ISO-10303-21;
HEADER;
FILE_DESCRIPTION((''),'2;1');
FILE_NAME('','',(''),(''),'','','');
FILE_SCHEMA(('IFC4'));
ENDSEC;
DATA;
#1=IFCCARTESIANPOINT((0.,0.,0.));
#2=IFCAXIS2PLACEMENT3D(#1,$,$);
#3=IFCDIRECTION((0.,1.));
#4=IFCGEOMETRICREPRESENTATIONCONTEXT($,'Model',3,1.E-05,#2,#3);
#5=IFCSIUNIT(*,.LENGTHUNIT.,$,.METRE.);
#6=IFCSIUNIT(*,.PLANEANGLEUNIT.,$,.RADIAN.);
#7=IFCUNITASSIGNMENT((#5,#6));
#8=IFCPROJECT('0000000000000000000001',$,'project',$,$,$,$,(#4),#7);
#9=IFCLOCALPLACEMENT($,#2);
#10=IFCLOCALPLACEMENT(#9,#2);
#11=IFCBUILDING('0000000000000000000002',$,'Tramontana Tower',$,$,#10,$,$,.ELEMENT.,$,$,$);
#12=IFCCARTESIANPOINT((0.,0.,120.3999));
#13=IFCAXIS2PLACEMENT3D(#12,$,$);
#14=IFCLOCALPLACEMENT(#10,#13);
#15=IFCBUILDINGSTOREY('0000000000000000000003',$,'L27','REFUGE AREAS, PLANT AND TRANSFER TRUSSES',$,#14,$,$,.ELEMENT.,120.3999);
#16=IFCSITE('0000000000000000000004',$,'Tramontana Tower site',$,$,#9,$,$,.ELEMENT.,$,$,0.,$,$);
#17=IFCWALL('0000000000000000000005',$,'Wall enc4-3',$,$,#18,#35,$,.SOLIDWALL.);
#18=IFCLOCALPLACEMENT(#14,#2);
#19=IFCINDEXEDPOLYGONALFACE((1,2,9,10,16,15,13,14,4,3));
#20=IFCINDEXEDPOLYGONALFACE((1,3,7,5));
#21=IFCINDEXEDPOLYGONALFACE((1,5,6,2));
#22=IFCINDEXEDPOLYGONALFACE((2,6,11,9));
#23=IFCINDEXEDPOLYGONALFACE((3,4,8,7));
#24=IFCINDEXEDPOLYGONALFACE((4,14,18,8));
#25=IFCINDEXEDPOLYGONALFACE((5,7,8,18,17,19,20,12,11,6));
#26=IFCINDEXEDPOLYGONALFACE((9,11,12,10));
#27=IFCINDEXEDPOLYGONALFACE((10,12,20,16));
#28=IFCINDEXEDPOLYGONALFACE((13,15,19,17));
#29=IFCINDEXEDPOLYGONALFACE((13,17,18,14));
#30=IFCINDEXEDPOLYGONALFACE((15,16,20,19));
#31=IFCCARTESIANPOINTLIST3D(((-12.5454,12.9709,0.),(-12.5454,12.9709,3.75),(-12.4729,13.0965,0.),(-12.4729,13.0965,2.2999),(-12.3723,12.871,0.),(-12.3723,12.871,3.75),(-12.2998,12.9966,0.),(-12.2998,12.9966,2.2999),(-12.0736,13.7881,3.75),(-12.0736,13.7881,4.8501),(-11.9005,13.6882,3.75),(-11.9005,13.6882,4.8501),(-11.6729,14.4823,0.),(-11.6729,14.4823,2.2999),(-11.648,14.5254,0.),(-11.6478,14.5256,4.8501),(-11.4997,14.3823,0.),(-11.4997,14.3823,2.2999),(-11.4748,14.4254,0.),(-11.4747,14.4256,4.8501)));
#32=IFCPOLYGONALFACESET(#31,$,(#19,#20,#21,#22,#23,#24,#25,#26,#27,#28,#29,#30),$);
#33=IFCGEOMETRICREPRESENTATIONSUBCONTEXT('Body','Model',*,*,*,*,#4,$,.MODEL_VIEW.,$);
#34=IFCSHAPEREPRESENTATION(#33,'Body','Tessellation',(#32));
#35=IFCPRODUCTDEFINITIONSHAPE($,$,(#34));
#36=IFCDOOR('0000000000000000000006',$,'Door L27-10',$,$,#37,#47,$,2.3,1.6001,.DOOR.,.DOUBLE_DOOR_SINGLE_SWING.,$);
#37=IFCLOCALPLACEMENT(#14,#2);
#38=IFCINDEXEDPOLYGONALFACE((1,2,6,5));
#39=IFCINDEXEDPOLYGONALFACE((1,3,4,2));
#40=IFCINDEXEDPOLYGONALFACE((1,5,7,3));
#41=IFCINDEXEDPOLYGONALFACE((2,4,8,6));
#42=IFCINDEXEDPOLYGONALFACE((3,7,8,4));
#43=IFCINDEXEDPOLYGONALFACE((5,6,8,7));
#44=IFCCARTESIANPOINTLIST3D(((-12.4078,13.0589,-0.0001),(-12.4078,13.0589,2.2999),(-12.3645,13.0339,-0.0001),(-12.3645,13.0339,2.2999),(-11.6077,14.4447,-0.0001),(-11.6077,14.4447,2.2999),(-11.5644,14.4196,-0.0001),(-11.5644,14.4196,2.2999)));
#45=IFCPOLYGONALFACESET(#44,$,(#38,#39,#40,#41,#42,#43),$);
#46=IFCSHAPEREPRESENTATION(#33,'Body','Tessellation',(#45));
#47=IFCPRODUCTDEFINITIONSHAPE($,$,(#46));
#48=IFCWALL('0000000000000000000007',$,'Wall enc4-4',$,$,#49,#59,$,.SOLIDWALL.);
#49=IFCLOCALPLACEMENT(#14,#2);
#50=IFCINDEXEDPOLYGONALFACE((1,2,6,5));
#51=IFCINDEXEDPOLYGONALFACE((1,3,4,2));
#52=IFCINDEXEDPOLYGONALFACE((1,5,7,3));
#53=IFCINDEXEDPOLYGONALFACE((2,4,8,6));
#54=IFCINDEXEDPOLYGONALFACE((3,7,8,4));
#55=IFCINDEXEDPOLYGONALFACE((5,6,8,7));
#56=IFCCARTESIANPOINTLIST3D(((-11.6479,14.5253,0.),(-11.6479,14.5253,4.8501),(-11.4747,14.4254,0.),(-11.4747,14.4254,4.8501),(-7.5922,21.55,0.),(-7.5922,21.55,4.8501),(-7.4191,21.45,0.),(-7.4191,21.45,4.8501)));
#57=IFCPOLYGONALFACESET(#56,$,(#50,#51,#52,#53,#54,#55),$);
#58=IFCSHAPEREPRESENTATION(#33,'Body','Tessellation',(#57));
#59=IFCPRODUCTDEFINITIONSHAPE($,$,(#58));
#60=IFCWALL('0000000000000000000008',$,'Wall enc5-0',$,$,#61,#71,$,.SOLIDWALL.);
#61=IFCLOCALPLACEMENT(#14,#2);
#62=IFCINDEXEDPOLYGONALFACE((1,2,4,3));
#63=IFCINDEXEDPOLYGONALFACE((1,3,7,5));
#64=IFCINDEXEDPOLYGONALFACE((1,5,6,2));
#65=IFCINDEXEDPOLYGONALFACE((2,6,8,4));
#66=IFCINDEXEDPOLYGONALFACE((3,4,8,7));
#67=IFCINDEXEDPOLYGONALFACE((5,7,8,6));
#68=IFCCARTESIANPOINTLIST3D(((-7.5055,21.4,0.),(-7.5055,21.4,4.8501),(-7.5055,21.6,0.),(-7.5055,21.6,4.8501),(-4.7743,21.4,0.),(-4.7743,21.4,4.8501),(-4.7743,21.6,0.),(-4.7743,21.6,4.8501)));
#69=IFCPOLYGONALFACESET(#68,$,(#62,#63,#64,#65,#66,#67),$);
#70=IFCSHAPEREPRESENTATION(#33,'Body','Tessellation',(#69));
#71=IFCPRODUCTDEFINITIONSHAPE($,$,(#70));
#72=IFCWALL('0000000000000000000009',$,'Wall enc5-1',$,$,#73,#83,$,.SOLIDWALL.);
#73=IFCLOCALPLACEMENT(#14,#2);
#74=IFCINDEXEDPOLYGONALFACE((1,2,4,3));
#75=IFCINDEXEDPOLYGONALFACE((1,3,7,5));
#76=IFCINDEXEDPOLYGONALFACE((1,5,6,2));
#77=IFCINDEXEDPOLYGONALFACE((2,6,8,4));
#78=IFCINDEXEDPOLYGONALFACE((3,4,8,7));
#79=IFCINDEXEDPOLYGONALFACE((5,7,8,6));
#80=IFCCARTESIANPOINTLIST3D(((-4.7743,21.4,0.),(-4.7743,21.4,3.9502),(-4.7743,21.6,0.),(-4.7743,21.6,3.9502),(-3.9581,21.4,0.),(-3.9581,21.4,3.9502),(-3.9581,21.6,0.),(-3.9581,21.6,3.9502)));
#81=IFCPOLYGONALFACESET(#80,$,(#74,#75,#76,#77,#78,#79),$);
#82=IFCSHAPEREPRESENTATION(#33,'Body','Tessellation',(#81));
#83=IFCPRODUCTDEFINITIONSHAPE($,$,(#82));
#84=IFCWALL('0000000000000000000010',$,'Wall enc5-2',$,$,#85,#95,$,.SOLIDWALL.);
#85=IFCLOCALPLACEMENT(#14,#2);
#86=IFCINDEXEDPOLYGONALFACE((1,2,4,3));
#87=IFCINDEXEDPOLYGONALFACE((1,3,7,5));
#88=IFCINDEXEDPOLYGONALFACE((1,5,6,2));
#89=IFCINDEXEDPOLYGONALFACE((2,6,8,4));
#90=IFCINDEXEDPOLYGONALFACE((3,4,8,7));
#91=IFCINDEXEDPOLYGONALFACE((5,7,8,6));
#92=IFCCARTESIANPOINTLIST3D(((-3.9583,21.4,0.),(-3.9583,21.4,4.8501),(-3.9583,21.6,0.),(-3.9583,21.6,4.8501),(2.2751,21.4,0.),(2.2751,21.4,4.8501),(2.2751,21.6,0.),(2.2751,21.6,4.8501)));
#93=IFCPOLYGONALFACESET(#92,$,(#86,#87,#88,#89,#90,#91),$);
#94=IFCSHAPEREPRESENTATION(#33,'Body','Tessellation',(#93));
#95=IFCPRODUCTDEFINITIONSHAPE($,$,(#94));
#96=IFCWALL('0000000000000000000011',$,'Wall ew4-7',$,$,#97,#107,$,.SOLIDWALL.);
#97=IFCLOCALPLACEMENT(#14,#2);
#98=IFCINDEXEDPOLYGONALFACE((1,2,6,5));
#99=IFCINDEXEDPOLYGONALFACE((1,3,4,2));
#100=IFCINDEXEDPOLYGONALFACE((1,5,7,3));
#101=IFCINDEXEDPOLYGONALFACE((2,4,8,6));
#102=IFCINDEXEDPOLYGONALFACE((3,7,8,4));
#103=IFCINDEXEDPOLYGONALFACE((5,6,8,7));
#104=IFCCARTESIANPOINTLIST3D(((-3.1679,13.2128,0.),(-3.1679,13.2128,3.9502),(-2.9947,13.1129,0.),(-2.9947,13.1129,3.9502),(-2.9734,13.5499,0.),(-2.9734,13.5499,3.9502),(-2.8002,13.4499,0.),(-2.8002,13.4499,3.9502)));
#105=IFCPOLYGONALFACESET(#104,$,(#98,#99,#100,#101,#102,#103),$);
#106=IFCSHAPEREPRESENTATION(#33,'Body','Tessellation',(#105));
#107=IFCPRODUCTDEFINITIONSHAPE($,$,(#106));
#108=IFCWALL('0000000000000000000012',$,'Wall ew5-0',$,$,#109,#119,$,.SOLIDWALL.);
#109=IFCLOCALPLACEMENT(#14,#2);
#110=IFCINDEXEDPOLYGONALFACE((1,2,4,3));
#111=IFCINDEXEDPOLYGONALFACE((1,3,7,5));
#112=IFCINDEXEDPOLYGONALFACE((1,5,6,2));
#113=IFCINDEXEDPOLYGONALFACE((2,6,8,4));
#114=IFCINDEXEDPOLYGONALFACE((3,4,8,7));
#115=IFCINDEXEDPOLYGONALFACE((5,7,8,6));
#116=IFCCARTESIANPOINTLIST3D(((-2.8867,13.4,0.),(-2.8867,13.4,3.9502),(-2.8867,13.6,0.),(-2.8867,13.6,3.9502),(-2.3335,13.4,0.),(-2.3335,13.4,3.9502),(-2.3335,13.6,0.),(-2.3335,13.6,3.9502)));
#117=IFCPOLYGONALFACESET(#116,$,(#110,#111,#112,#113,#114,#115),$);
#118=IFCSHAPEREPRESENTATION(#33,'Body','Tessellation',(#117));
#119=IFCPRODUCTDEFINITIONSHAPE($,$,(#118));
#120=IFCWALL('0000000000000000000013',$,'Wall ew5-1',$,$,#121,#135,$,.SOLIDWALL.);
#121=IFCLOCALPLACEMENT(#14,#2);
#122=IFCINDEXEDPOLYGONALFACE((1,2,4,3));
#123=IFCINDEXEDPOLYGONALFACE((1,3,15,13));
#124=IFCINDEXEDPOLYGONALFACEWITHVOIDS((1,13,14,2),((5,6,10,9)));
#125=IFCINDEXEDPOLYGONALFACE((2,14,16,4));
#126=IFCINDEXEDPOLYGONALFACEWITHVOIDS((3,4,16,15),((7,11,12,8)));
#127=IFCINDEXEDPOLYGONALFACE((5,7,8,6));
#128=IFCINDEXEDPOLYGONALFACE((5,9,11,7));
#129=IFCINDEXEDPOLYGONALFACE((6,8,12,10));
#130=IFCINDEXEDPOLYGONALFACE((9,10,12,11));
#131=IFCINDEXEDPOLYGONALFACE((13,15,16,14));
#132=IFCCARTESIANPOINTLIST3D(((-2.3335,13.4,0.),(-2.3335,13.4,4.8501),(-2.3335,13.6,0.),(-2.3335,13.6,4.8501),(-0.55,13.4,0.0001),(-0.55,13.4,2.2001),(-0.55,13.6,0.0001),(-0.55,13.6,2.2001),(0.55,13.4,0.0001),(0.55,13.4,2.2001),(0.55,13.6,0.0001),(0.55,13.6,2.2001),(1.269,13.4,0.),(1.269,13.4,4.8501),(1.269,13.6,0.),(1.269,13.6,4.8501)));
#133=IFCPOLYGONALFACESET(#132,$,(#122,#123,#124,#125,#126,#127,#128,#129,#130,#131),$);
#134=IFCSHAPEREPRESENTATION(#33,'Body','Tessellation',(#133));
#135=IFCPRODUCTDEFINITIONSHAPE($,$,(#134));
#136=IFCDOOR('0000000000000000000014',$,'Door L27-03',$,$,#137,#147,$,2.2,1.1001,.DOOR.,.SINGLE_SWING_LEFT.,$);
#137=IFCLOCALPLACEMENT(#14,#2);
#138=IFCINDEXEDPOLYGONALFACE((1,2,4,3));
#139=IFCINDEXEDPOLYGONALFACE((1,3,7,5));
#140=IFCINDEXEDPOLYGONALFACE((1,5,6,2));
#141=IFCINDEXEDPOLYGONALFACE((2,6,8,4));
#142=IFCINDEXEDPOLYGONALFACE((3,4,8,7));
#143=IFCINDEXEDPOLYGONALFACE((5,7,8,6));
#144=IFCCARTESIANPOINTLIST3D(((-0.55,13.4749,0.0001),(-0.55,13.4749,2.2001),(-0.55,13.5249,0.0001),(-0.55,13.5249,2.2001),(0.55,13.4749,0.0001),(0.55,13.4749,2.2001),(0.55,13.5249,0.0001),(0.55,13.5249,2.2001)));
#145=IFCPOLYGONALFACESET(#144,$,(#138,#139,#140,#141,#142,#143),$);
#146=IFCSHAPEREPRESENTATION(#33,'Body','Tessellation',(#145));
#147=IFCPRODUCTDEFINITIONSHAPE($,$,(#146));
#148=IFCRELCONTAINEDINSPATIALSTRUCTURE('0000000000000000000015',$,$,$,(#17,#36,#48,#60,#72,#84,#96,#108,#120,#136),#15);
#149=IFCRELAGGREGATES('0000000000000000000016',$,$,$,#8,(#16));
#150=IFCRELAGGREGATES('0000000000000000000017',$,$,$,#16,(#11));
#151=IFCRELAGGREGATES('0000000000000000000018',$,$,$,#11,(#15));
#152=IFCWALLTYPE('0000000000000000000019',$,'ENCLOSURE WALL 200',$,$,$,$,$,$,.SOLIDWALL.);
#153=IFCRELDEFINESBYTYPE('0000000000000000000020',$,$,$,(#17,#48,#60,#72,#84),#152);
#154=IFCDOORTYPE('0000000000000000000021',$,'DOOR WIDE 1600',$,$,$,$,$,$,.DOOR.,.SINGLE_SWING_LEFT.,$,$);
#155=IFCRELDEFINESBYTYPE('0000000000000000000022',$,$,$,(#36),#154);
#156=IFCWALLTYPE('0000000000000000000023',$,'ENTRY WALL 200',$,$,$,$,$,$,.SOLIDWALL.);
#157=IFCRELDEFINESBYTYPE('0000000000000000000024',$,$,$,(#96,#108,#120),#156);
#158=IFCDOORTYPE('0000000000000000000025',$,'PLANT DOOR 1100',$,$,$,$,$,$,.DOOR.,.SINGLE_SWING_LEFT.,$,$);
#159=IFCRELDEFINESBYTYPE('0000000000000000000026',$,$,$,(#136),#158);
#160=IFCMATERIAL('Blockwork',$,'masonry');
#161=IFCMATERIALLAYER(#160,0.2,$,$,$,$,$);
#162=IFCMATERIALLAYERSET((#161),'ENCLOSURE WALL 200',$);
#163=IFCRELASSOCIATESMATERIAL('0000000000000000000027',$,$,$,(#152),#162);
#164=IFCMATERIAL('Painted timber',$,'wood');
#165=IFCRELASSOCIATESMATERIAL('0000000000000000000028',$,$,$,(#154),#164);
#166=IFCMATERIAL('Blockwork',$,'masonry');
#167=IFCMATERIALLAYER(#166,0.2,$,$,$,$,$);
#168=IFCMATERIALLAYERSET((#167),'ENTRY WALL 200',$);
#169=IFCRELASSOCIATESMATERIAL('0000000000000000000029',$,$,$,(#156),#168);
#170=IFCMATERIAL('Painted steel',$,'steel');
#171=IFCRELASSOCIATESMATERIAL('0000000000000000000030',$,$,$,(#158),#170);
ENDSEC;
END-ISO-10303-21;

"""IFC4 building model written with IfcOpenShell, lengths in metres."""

from ifc_helpers import new_model, si_unit, direction, frame, frame_2d, origin, place, context, subcontext, project, spatial, polyline, rectangle, outline, extrude, material, layer, layer_set, type_object, element, fill, save


model = new_model("IFC4")

# Units and contexts
model_context = context("Model", 3, precision=1e-05, world=origin(), true_north=direction((0.0, 1.0)))
body_context = subcontext(model_context, "Body", "Model", "MODEL_VIEW")
ifc_project = project(units=[si_unit("LENGTHUNIT", "METRE"), si_unit("PLANEANGLEUNIT", "RADIAN")], contexts=[model_context])

# Site, building, storey
site_placement = place(None, origin())
site = spatial("IfcSite", under=ifc_project, at=site_placement, Name="Tramontana Tower site", CompositionType="ELEMENT", RefElevation=0.0)
building_placement = place(site_placement, origin())
building = spatial("IfcBuilding", under=site, at=building_placement, Name="Tramontana Tower", CompositionType="ELEMENT")
storey_placement = place(building_placement, frame((0.0, 0.0, 120.3999)))
storey = spatial("IfcBuildingStorey", under=building, at=storey_placement, Name="L27", Description="REFUGE AREAS, PLANT AND TRANSFER TRUSSES", CompositionType="ELEMENT", Elevation=120.3999)

# Wall, opening, door
ifc_material_1 = material(Name="Blockwork", Category="masonry")
ifc_layer_1 = layer(ifc_material_1, 0.2)
ifc_layer_set_1 = layer_set([ifc_layer_1], Name="ENCLOSURE WALL 200")
wall_type_1 = type_object("IfcWallType", Name="ENCLOSURE WALL 200", PredefinedType="SOLIDWALL", material=ifc_layer_set_1)
wall_1_placement = place(storey_placement, frame((-12.4587, 12.9209, 0.0), z_axis=(0.0, 0.0, 1.0), x_axis=(0.500001, 0.866025, 0.0)))
wall_1 = element("IfcWall", 1, at=wall_1_placement, inside=storey, type_object=wall_type_1, Name="Wall enc4-3", PredefinedType="SOLIDWALL", context=body_context, shape_type="SweptSolid", body=[
    extrude(outline(polyline([(0.0, 0.0), (1.7949, 0.0), (1.7952, 4.8501), (0.9436, 4.8501), (0.9436, 3.75), (0.0, 3.75), (0.0, 0.0)])), frame((0.0, 0.1001, 0.0), z_axis=(0.0, -1.0, 0.0), x_axis=(1.0, 0.0, 0.0)), (0.0, 0.0, 1.0), 0.2),
])
opening_1_placement = place(wall_1_placement, frame((0.145, 0.0, 0.0)))
opening_1 = element("IfcOpeningElement", 2, at=opening_1_placement, cuts=wall_1, PredefinedType="OPENING", context=body_context, shape_type="SweptSolid", body=[
    extrude(rectangle(XDim=1.6001, YDim=2.3, at=frame_2d((0.8, 1.1499))), frame((0.0, 0.1099, 0.0), z_axis=(0.0, -1.0, 0.0), x_axis=(1.0, 0.0, 0.0)), (0.0, 0.0, 1.0), 0.22),
])
ifc_material_2 = material(Name="Painted timber", Category="wood")
door_type_1 = type_object("IfcDoorType", Name="DOOR WIDE 1600", OperationType="SINGLE_SWING_LEFT", PredefinedType="DOOR", material=ifc_material_2)
door_1_placement = place(opening_1_placement, origin())
door_1 = element("IfcDoor", 3, at=door_1_placement, inside=storey, type_object=door_type_1, Name="Door L27-10", OperationType="DOUBLE_DOOR_SINGLE_SWING", OverallHeight=2.3, OverallWidth=1.6001, PredefinedType="DOOR", context=body_context, shape_type="SweptSolid", body=[
    extrude(rectangle(XDim=1.6001, YDim=2.3, at=frame_2d((0.8, 1.1499))), frame((0.0, 0.0249, 0.0), z_axis=(0.0, -1.0, 0.0), x_axis=(1.0, 0.0, 0.0)), (0.0, 0.0, 1.0), 0.05),
])
fill(opening_1, door_1)

# Walls
wall_2_placement = place(storey_placement, frame((-11.5613, 14.4753, 0.0), z_axis=(0.0, 0.0, 1.0), x_axis=(0.499998, 0.866027, 0.0)))
element("IfcWall", 4, at=wall_2_placement, inside=storey, type_object=wall_type_1, Name="Wall enc4-4", PredefinedType="SOLIDWALL", context=body_context, shape_type="SweptSolid", body=[
    extrude(rectangle(XDim=8.1113, YDim=0.2, at=frame_2d((4.0557, 0.0))), origin(), (0.0, 0.0, 1.0), 4.8501),
])
wall_3_placement = place(storey_placement, frame((-7.5056, 21.5, 0.0), z_axis=(0.0, 0.0, 1.0), x_axis=(1.0, 0.0, 0.0)))
element("IfcWall", 5, at=wall_3_placement, inside=storey, type_object=wall_type_1, Name="Wall enc5-0", PredefinedType="SOLIDWALL", context=body_context, shape_type="SweptSolid", body=[
    extrude(rectangle(XDim=2.7312, YDim=0.2, at=frame_2d((1.3657, 0.0))), origin(), (0.0, 0.0, 1.0), 4.8501),
])
wall_4_placement = place(storey_placement, frame((-4.7744, 21.5, 0.0), z_axis=(0.0, 0.0, 1.0), x_axis=(1.0, 0.0, 0.0)))
element("IfcWall", 6, at=wall_4_placement, inside=storey, type_object=wall_type_1, Name="Wall enc5-1", PredefinedType="SOLIDWALL", context=body_context, shape_type="SweptSolid", body=[
    extrude(rectangle(XDim=0.8162, YDim=0.2, at=frame_2d((0.4082, 0.0))), origin(), (0.0, 0.0, 1.0), 3.9502),
])
wall_5_placement = place(storey_placement, frame((-3.9583, 21.5, 0.0), z_axis=(0.0, 0.0, 1.0), x_axis=(1.0, 0.0, 0.0)))
element("IfcWall", 7, at=wall_5_placement, inside=storey, type_object=wall_type_1, Name="Wall enc5-2", PredefinedType="SOLIDWALL", context=body_context, shape_type="SweptSolid", body=[
    extrude(rectangle(XDim=6.2334, YDim=0.2, at=frame_2d((3.1167, 0.0))), origin(), (0.0, 0.0, 1.0), 4.8501),
])
ifc_material_3 = material(Name="Blockwork", Category="masonry")
ifc_layer_2 = layer(ifc_material_3, 0.2)
ifc_layer_set_2 = layer_set([ifc_layer_2], Name="ENTRY WALL 200")
wall_type_2 = type_object("IfcWallType", Name="ENTRY WALL 200", PredefinedType="SOLIDWALL", material=ifc_layer_set_2)
wall_6_placement = place(storey_placement, frame((-3.0813, 13.1628, 0.0), z_axis=(0.0, 0.0, 1.0), x_axis=(0.499849, 0.866112, 0.0)))
element("IfcWall", 8, at=wall_6_placement, inside=storey, type_object=wall_type_2, Name="Wall ew4-7", PredefinedType="SOLIDWALL", context=body_context, shape_type="SweptSolid", body=[
    extrude(rectangle(XDim=0.3892, YDim=0.2, at=frame_2d((0.1946, 0.0))), origin(), (0.0, 0.0, 1.0), 3.9502),
])
wall_7_placement = place(storey_placement, frame((-2.8867, 13.5, 0.0), z_axis=(0.0, 0.0, 1.0), x_axis=(1.0, 0.0, 0.0)))
element("IfcWall", 9, at=wall_7_placement, inside=storey, type_object=wall_type_2, Name="Wall ew5-0", PredefinedType="SOLIDWALL", context=body_context, shape_type="SweptSolid", body=[
    extrude(rectangle(XDim=0.5532, YDim=0.2, at=frame_2d((0.2766, 0.0))), origin(), (0.0, 0.0, 1.0), 3.9502),
])

# Wall, opening, door
wall_8_placement = place(storey_placement, frame((-2.3335, 13.5, 0.0), z_axis=(0.0, 0.0, 1.0), x_axis=(1.0, 0.0, 0.0)))
wall_8 = element("IfcWall", 10, at=wall_8_placement, inside=storey, type_object=wall_type_2, Name="Wall ew5-1", PredefinedType="SOLIDWALL", context=body_context, shape_type="SweptSolid", body=[
    extrude(rectangle(XDim=3.6025, YDim=0.2, at=frame_2d((1.8013, 0.0))), origin(), (0.0, 0.0, 1.0), 4.8501),
])
opening_2_placement = place(wall_8_placement, frame((1.7834, 0.0, 0.0)))
opening_2 = element("IfcOpeningElement", 11, at=opening_2_placement, cuts=wall_8, PredefinedType="OPENING", context=body_context, shape_type="SweptSolid", body=[
    extrude(rectangle(XDim=1.1001, YDim=2.2, at=frame_2d((0.55, 1.1001))), frame((0.0, 0.1099, 0.0), z_axis=(0.0, -1.0, 0.0), x_axis=(1.0, 0.0, 0.0)), (0.0, 0.0, 1.0), 0.22),
])
ifc_material_4 = material(Name="Painted steel", Category="steel")
door_type_2 = type_object("IfcDoorType", Name="PLANT DOOR 1100", OperationType="SINGLE_SWING_LEFT", PredefinedType="DOOR", material=ifc_material_4)
door_2_placement = place(opening_2_placement, origin())
door_2 = element("IfcDoor", 12, at=door_2_placement, inside=storey, type_object=door_type_2, Name="Door L27-03", OperationType="SINGLE_SWING_LEFT", OverallHeight=2.2, OverallWidth=1.1001, PredefinedType="DOOR", context=body_context, shape_type="SweptSolid", body=[
    extrude(rectangle(XDim=1.1001, YDim=2.2, at=frame_2d((0.55, 1.1001))), frame((0.0, 0.0249, 0.0), z_axis=(0.0, -1.0, 0.0), x_axis=(1.0, 0.0, 0.0)), (0.0, 0.0, 1.0), 0.05),
])
fill(opening_2, door_2)

save(model, "model.ifc")
